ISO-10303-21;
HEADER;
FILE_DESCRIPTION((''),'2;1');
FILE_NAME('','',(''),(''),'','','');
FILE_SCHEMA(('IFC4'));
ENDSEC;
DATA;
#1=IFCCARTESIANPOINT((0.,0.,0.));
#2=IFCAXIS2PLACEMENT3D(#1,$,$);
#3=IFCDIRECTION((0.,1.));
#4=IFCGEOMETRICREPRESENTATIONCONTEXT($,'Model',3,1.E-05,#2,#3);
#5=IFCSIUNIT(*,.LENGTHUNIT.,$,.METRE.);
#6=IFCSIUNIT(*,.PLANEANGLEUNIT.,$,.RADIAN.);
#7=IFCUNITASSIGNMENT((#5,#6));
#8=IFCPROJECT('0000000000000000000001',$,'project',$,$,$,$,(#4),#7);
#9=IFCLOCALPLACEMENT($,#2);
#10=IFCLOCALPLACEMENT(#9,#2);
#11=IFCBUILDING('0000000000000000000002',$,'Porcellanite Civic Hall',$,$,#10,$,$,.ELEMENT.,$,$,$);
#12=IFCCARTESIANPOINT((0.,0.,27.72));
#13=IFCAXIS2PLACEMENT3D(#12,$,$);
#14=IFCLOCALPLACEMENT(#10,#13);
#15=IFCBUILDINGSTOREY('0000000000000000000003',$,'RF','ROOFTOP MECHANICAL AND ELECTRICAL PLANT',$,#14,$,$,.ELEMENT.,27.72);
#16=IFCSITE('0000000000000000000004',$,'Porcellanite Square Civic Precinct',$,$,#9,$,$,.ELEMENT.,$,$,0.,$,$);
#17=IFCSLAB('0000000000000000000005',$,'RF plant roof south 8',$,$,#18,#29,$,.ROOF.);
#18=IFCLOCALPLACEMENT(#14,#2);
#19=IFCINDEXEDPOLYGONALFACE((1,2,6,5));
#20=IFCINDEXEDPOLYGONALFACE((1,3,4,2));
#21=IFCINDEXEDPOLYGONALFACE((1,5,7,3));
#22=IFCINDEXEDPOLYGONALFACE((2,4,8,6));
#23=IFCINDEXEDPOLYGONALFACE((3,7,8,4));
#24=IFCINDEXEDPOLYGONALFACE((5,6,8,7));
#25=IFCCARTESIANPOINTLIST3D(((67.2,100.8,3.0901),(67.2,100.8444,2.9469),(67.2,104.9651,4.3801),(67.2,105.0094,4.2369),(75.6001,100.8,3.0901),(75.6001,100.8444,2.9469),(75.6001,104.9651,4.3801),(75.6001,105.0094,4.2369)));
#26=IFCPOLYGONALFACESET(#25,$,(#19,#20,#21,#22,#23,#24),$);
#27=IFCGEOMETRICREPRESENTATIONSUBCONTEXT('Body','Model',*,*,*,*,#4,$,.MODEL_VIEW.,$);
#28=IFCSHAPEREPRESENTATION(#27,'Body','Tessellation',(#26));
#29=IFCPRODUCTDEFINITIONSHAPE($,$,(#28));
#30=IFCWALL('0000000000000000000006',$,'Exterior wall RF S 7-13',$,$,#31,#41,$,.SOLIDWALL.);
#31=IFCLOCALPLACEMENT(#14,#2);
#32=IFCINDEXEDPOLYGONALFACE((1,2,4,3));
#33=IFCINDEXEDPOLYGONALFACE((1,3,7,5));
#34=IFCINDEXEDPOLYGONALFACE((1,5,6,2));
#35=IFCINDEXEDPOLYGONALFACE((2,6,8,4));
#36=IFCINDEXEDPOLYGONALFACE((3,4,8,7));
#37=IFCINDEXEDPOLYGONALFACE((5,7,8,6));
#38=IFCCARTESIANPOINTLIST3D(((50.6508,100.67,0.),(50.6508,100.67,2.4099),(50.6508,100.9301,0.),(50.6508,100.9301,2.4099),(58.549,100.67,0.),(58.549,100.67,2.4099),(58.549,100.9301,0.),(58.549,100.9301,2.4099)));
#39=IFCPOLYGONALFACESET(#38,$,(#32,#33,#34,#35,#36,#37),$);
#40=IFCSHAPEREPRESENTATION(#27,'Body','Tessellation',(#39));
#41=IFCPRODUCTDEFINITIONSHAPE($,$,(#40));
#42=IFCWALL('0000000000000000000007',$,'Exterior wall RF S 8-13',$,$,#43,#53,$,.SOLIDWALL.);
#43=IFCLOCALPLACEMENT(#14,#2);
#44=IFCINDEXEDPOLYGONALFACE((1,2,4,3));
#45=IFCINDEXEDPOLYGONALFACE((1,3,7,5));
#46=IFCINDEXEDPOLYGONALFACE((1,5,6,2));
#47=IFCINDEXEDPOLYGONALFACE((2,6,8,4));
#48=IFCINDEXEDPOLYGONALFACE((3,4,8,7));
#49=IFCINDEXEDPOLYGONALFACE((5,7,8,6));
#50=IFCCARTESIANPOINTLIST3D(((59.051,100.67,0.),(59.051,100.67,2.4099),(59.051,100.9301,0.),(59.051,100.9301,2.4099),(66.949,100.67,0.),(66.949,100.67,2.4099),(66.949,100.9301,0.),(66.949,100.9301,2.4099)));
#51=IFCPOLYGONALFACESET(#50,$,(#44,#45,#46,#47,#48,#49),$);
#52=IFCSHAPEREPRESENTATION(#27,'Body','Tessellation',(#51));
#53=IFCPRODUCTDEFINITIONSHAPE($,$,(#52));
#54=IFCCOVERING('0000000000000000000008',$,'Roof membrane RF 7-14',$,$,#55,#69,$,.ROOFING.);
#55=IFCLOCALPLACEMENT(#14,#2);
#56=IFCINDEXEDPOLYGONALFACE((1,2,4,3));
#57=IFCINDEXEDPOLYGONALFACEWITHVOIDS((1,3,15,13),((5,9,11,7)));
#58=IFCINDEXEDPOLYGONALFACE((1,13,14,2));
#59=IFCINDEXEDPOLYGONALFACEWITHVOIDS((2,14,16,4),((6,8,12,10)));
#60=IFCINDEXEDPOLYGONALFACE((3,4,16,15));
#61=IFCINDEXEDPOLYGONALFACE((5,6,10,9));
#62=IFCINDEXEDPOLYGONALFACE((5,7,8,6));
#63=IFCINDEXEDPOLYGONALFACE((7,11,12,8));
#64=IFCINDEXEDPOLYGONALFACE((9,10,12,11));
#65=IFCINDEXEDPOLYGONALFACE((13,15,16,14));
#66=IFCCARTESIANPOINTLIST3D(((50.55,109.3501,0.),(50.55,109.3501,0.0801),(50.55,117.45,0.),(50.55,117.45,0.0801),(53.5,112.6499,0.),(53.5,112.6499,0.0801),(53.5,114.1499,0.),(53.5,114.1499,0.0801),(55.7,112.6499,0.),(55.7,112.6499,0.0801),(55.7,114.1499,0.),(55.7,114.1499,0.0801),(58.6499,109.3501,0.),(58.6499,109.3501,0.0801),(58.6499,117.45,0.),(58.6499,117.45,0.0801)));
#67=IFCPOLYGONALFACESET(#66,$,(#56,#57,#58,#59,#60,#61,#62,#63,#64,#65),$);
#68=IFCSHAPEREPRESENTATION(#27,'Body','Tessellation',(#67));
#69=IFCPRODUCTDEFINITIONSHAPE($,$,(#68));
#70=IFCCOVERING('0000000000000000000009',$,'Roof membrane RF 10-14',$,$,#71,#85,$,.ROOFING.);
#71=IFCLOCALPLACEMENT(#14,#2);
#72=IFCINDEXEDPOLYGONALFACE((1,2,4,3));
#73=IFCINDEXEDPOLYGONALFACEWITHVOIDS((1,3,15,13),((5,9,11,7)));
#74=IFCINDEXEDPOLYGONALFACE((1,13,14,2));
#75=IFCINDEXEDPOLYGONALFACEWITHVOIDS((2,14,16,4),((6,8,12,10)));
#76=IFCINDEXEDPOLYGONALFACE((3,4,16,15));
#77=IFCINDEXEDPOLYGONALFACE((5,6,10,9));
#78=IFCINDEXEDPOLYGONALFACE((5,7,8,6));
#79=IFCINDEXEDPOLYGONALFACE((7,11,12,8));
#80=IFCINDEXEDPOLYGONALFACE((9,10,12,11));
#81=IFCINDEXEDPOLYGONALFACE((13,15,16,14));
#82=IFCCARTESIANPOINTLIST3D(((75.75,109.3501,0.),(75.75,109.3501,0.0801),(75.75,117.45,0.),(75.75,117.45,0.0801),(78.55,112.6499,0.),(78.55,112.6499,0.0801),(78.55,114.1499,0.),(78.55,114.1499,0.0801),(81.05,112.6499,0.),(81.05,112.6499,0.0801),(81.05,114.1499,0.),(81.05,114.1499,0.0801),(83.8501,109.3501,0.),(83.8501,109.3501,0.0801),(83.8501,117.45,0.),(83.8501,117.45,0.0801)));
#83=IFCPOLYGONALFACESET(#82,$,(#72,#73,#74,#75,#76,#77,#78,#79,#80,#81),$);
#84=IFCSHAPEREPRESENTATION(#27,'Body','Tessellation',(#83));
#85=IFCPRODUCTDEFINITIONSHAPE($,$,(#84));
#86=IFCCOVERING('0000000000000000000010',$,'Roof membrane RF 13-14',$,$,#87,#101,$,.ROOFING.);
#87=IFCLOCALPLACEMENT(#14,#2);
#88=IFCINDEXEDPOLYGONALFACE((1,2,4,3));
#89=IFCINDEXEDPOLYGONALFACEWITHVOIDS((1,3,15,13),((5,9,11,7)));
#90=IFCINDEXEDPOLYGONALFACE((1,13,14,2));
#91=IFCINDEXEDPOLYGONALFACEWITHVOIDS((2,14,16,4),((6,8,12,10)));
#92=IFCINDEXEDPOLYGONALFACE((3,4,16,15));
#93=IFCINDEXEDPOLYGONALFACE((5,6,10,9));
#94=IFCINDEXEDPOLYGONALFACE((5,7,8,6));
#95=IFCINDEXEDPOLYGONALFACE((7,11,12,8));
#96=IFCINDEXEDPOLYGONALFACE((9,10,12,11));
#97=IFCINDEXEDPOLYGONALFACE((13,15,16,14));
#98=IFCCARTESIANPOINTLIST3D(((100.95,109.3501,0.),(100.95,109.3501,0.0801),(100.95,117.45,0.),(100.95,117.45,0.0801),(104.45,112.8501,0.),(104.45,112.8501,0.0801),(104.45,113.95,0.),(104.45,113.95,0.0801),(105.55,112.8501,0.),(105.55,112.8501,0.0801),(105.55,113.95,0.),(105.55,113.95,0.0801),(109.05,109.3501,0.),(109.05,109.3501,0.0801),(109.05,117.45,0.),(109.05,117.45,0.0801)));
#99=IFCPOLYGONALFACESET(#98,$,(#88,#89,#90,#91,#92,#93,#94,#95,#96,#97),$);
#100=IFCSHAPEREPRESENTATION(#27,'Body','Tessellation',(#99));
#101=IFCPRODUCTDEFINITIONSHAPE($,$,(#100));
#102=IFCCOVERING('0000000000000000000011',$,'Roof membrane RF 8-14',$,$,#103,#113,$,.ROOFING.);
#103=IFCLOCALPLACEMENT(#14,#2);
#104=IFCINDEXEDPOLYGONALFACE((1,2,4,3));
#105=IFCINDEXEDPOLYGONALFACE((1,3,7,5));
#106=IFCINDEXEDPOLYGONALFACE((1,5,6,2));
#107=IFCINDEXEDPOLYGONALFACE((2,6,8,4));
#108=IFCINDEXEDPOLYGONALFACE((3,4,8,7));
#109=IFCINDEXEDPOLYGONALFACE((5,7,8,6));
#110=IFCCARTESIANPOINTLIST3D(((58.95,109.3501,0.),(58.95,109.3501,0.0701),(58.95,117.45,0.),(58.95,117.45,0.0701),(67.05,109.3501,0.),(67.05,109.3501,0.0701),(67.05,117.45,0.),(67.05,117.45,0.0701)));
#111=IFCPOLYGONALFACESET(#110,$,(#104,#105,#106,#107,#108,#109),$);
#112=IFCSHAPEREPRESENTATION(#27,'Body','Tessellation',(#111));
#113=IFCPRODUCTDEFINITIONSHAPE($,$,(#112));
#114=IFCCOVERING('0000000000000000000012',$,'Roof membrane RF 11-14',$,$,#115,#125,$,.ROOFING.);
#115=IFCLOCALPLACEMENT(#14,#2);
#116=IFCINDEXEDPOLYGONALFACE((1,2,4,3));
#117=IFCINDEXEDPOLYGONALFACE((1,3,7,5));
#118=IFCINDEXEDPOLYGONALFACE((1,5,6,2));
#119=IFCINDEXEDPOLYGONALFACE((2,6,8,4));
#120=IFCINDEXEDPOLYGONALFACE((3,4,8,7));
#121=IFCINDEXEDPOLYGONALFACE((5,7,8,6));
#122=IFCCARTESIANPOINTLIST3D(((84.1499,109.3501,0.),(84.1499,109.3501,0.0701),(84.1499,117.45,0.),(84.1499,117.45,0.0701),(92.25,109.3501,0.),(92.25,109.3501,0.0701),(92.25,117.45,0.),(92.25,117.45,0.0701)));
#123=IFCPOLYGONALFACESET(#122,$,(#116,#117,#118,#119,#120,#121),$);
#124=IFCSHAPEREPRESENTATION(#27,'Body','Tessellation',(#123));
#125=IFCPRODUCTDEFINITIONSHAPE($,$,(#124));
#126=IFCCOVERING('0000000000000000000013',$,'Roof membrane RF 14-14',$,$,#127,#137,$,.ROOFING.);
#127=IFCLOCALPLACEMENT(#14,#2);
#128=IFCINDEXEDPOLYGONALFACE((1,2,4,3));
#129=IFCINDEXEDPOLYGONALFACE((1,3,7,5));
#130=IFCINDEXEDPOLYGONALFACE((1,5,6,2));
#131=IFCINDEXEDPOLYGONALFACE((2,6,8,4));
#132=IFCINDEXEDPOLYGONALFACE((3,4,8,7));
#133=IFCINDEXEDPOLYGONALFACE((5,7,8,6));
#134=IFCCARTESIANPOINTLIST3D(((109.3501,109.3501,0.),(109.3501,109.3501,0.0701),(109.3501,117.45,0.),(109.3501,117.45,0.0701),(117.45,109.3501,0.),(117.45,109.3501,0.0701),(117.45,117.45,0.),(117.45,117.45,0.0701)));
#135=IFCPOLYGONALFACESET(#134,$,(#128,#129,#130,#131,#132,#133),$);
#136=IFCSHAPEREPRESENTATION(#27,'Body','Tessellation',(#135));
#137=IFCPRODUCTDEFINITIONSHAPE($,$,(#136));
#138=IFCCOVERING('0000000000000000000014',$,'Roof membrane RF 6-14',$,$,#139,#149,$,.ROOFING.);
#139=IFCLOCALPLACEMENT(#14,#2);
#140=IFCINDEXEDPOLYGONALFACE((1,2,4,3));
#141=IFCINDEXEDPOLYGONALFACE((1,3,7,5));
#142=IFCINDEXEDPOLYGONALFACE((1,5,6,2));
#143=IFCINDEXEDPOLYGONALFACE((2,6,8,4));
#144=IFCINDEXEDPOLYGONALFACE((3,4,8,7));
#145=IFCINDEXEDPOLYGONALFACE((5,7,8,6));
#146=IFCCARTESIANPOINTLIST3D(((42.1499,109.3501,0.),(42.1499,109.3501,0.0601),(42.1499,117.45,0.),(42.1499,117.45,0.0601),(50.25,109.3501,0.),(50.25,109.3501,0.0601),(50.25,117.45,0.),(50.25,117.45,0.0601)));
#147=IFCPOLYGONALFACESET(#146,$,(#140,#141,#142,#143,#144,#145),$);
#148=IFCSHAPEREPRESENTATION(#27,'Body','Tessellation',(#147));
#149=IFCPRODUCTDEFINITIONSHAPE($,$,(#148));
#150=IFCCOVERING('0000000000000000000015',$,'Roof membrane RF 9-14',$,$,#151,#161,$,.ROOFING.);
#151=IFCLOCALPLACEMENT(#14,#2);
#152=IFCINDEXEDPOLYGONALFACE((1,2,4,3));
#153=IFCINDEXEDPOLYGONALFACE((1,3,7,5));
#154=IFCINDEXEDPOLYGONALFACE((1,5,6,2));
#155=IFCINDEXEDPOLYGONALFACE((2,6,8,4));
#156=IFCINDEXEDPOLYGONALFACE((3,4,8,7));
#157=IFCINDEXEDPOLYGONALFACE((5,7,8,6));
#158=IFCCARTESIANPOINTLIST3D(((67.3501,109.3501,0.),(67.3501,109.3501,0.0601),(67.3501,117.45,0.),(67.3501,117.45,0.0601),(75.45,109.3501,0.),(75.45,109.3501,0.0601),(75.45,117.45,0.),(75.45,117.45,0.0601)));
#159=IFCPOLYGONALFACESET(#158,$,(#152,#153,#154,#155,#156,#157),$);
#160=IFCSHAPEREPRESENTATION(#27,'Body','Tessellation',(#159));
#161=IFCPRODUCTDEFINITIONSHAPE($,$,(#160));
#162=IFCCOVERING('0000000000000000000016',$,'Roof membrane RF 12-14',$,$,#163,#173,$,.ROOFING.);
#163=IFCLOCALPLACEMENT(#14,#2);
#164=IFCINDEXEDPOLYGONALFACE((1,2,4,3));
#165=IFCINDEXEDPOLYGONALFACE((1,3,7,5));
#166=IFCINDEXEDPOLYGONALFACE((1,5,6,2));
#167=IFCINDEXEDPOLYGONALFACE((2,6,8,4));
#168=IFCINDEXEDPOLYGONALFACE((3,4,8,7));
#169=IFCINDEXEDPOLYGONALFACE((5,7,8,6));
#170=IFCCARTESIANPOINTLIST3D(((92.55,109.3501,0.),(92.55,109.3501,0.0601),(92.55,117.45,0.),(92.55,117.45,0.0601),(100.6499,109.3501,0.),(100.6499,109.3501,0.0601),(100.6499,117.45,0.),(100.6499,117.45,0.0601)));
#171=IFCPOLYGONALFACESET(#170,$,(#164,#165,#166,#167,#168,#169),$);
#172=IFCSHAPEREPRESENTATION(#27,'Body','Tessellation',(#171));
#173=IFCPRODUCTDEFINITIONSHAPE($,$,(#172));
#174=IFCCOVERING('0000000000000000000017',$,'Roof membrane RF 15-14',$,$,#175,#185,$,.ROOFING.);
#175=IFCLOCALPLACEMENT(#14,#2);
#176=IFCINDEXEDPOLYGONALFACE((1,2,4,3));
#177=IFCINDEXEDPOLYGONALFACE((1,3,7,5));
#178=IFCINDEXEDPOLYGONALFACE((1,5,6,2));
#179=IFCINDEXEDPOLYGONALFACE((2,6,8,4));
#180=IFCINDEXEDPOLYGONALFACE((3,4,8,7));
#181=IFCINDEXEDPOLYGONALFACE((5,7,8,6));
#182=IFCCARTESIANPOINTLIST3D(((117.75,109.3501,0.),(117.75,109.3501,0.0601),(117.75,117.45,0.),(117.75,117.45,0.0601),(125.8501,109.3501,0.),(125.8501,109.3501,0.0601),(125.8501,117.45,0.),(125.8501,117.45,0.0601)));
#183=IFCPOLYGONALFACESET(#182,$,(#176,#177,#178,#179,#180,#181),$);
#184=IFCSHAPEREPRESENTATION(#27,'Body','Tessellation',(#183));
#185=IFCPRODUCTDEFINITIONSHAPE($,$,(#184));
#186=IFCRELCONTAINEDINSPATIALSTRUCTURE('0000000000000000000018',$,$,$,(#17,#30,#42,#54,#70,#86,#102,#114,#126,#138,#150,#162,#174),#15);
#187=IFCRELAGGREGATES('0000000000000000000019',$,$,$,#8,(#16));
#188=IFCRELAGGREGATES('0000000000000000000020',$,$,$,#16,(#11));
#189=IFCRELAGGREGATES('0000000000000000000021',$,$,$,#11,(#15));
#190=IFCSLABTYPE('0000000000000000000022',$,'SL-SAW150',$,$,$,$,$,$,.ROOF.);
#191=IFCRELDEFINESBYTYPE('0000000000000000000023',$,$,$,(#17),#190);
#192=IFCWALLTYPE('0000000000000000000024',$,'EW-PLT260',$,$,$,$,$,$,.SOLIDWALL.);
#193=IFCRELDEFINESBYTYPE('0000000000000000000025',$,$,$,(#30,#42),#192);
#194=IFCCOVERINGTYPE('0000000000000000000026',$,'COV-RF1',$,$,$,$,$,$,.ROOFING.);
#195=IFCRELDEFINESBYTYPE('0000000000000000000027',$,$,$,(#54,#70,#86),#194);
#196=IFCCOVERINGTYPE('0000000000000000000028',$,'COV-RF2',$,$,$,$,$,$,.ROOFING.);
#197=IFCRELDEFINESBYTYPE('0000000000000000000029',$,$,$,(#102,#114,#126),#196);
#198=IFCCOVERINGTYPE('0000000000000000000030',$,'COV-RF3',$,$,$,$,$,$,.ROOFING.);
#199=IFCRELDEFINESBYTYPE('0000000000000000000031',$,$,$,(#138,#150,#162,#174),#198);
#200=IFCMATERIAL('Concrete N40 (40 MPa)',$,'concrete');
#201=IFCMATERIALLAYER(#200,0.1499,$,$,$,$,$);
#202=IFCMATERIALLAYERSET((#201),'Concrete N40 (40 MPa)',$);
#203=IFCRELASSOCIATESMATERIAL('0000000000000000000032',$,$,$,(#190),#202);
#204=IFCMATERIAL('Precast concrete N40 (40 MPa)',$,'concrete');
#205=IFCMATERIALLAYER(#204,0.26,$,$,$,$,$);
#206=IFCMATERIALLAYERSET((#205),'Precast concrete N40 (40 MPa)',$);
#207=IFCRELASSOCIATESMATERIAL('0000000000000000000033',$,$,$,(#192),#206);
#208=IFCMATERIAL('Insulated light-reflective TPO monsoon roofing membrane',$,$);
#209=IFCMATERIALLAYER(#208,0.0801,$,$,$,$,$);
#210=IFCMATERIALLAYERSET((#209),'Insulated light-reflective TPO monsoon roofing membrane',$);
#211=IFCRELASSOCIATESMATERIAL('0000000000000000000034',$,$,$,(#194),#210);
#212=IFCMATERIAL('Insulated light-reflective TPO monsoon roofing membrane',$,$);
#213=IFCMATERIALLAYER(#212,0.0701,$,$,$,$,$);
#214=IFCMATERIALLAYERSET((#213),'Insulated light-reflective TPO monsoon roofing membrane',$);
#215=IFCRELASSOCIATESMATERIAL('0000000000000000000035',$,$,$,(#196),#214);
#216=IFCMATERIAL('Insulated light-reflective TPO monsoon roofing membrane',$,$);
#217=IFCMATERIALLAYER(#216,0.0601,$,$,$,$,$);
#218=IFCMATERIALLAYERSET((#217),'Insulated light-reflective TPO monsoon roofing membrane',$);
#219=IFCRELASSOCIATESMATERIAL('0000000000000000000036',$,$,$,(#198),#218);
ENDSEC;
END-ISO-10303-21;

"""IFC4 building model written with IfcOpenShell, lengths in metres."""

from ifc_helpers import new_model, si_unit, direction, frame, frame_2d, origin, place, context, subcontext, project, spatial, polyline, rectangle, outline, extrude, material, layer, layer_set, type_object, element, save


model = new_model("IFC4")

# Units and contexts
model_context = context("Model", 3, precision=1e-05, world=origin(), true_north=direction((0.0, 1.0)))
body_context = subcontext(model_context, "Body", "Model", "MODEL_VIEW")
ifc_project = project(units=[si_unit("LENGTHUNIT", "METRE"), si_unit("PLANEANGLEUNIT", "RADIAN")], contexts=[model_context])

# Site, building, storey
site_placement = place(None, origin())
site = spatial("IfcSite", under=ifc_project, at=site_placement, Name="Porcellanite Square Civic Precinct", CompositionType="ELEMENT", RefElevation=0.0)
building_placement = place(site_placement, origin())
building = spatial("IfcBuilding", under=site, at=building_placement, Name="Porcellanite Civic Hall", CompositionType="ELEMENT")
storey_placement = place(building_placement, frame((0.0, 0.0, 27.72)))
storey = spatial("IfcBuildingStorey", under=building, at=storey_placement, Name="RF", Description="ROOFTOP MECHANICAL AND ELECTRICAL PLANT", CompositionType="ELEMENT", Elevation=27.72)

# Slab
ifc_material_1 = material(Name="Concrete N40 (40 MPa)", Category="concrete")
ifc_layer_1 = layer(ifc_material_1, 0.1499)
ifc_layer_set_1 = layer_set([ifc_layer_1], Name="Concrete N40 (40 MPa)")
slab_type = type_object("IfcSlabType", Name="SL-SAW150", PredefinedType="ROOF", material=ifc_layer_set_1)
slab_1_placement = place(storey_placement, frame((67.2, 100.8, 3.0901), z_axis=(0.0, -0.295864, 0.95523), x_axis=(1.0, 0.0, 0.0)))
element("IfcSlab", 1, at=slab_1_placement, inside=storey, type_object=slab_type, Name="RF plant roof south 8", PredefinedType="ROOF", context=body_context, shape_type="SweptSolid", body=[
    extrude(outline(polyline([(0.0, 0.0), (8.4001, 0.0), (8.4001, 4.3602), (0.0, 4.3602), (0.0, 0.0)])), origin(), (0.0, 0.0, -1.0), 0.1499),
])

# Walls
ifc_material_2 = material(Name="Precast concrete N40 (40 MPa)", Category="concrete")
ifc_layer_2 = layer(ifc_material_2, 0.26)
ifc_layer_set_2 = layer_set([ifc_layer_2], Name="Precast concrete N40 (40 MPa)")
wall_type = type_object("IfcWallType", Name="EW-PLT260", PredefinedType="SOLIDWALL", material=ifc_layer_set_2)
wall_1_placement = place(storey_placement, frame((58.5491, 100.8, 0.0), z_axis=(0.0, 0.0, 1.0), x_axis=(-1.0, 0.0, 0.0)))
element("IfcWall", 2, at=wall_1_placement, inside=storey, type_object=wall_type, Name="Exterior wall RF S 7-13", PredefinedType="SOLIDWALL", context=body_context, shape_type="SweptSolid", body=[
    extrude(rectangle(XDim=7.8982, YDim=0.26, at=frame_2d((3.9492, 0.0))), origin(), (0.0, 0.0, 1.0), 2.4099),
])
wall_2_placement = place(storey_placement, frame((66.949, 100.8, 0.0), z_axis=(0.0, 0.0, 1.0), x_axis=(-1.0, 0.0, 0.0)))
element("IfcWall", 3, at=wall_2_placement, inside=storey, type_object=wall_type, Name="Exterior wall RF S 8-13", PredefinedType="SOLIDWALL", context=body_context, shape_type="SweptSolid", body=[
    extrude(rectangle(XDim=7.8979, YDim=0.26, at=frame_2d((3.949, 0.0))), origin(), (0.0, 0.0, 1.0), 2.4099),
])

# Coverings
ifc_material_3 = material(Name="Insulated light-reflective TPO monsoon roofing membrane")
ifc_layer_3 = layer(ifc_material_3, 0.0801)
ifc_layer_set_3 = layer_set([ifc_layer_3], Name="Insulated light-reflective TPO monsoon roofing membrane")
covering_type_1 = type_object("IfcCoveringType", Name="COV-RF1", PredefinedType="ROOFING", material=ifc_layer_set_3)
covering_1_placement = place(storey_placement, origin())
element("IfcCovering", 4, at=covering_1_placement, inside=storey, type_object=covering_type_1, Name="Roof membrane RF 7-14", PredefinedType="ROOFING", context=body_context, shape_type="SweptSolid", body=[
    extrude(outline(polyline([(50.55, 109.3501), (58.6499, 109.3501), (58.6499, 117.45), (50.55, 117.45), (50.55, 109.3501)]), holes=[polyline([(53.5, 112.6499), (55.7, 112.6499), (55.7, 114.1499), (53.5, 114.1499), (53.5, 112.6499)])]), origin(), (0.0, 0.0, 1.0), 0.0801),
])
covering_2_placement = place(storey_placement, origin())
element("IfcCovering", 5, at=covering_2_placement, inside=storey, type_object=covering_type_1, Name="Roof membrane RF 10-14", PredefinedType="ROOFING", context=body_context, shape_type="SweptSolid", body=[
    extrude(outline(polyline([(75.75, 109.3501), (83.8501, 109.3501), (83.8501, 117.45), (75.75, 117.45), (75.75, 109.3501)]), holes=[polyline([(78.55, 112.6499), (81.05, 112.6499), (81.05, 114.1499), (78.55, 114.1499), (78.55, 112.6499)])]), origin(), (0.0, 0.0, 1.0), 0.0801),
])
covering_3_placement = place(storey_placement, origin())
element("IfcCovering", 6, at=covering_3_placement, inside=storey, type_object=covering_type_1, Name="Roof membrane RF 13-14", PredefinedType="ROOFING", context=body_context, shape_type="SweptSolid", body=[
    extrude(outline(polyline([(100.95, 109.3501), (109.05, 109.3501), (109.05, 117.45), (100.95, 117.45), (100.95, 109.3501)]), holes=[polyline([(104.45, 112.8501), (105.55, 112.8501), (105.55, 113.95), (104.45, 113.95), (104.45, 112.8501)])]), origin(), (0.0, 0.0, 1.0), 0.0801),
])
ifc_material_4 = material(Name="Insulated light-reflective TPO monsoon roofing membrane")
ifc_layer_4 = layer(ifc_material_4, 0.0701)
ifc_layer_set_4 = layer_set([ifc_layer_4], Name="Insulated light-reflective TPO monsoon roofing membrane")
covering_type_2 = type_object("IfcCoveringType", Name="COV-RF2", PredefinedType="ROOFING", material=ifc_layer_set_4)
covering_4_placement = place(storey_placement, origin())
element("IfcCovering", 7, at=covering_4_placement, inside=storey, type_object=covering_type_2, Name="Roof membrane RF 8-14", PredefinedType="ROOFING", context=body_context, shape_type="SweptSolid", body=[
    extrude(outline(polyline([(58.95, 109.3501), (67.05, 109.3501), (67.05, 117.45), (58.95, 117.45), (58.95, 109.3501)])), origin(), (0.0, 0.0, 1.0), 0.0701),
])
covering_5_placement = place(storey_placement, origin())
element("IfcCovering", 8, at=covering_5_placement, inside=storey, type_object=covering_type_2, Name="Roof membrane RF 11-14", PredefinedType="ROOFING", context=body_context, shape_type="SweptSolid", body=[
    extrude(outline(polyline([(84.1499, 109.3501), (92.25, 109.3501), (92.25, 117.45), (84.1499, 117.45), (84.1499, 109.3501)])), origin(), (0.0, 0.0, 1.0), 0.0701),
])
covering_6_placement = place(storey_placement, origin())
element("IfcCovering", 9, at=covering_6_placement, inside=storey, type_object=covering_type_2, Name="Roof membrane RF 14-14", PredefinedType="ROOFING", context=body_context, shape_type="SweptSolid", body=[
    extrude(outline(polyline([(109.3501, 109.3501), (117.45, 109.3501), (117.45, 117.45), (109.3501, 117.45), (109.3501, 109.3501)])), origin(), (0.0, 0.0, 1.0), 0.0701),
])
ifc_material_5 = material(Name="Insulated light-reflective TPO monsoon roofing membrane")
ifc_layer_5 = layer(ifc_material_5, 0.0601)
ifc_layer_set_5 = layer_set([ifc_layer_5], Name="Insulated light-reflective TPO monsoon roofing membrane")
covering_type_3 = type_object("IfcCoveringType", Name="COV-RF3", PredefinedType="ROOFING", material=ifc_layer_set_5)
covering_7_placement = place(storey_placement, origin())
element("IfcCovering", 10, at=covering_7_placement, inside=storey, type_object=covering_type_3, Name="Roof membrane RF 6-14", PredefinedType="ROOFING", context=body_context, shape_type="SweptSolid", body=[
    extrude(outline(polyline([(42.1499, 109.3501), (50.25, 109.3501), (50.25, 117.45), (42.1499, 117.45), (42.1499, 109.3501)])), origin(), (0.0, 0.0, 1.0), 0.0601),
])
covering_8_placement = place(storey_placement, origin())
element("IfcCovering", 11, at=covering_8_placement, inside=storey, type_object=covering_type_3, Name="Roof membrane RF 9-14", PredefinedType="ROOFING", context=body_context, shape_type="SweptSolid", body=[
    extrude(outline(polyline([(67.3501, 109.3501), (75.45, 109.3501), (75.45, 117.45), (67.3501, 117.45), (67.3501, 109.3501)])), origin(), (0.0, 0.0, 1.0), 0.0601),
])
covering_9_placement = place(storey_placement, origin())
element("IfcCovering", 12, at=covering_9_placement, inside=storey, type_object=covering_type_3, Name="Roof membrane RF 12-14", PredefinedType="ROOFING", context=body_context, shape_type="SweptSolid", body=[
    extrude(outline(polyline([(92.55, 109.3501), (100.6499, 109.3501), (100.6499, 117.45), (92.55, 117.45), (92.55, 109.3501)])), origin(), (0.0, 0.0, 1.0), 0.0601),
])
covering_10_placement = place(storey_placement, origin())
element("IfcCovering", 13, at=covering_10_placement, inside=storey, type_object=covering_type_3, Name="Roof membrane RF 15-14", PredefinedType="ROOFING", context=body_context, shape_type="SweptSolid", body=[
    extrude(outline(polyline([(117.75, 109.3501), (125.8501, 109.3501), (125.8501, 117.45), (117.75, 117.45), (117.75, 109.3501)])), origin(), (0.0, 0.0, 1.0), 0.0601),
])

save(model, "model.ifc")
